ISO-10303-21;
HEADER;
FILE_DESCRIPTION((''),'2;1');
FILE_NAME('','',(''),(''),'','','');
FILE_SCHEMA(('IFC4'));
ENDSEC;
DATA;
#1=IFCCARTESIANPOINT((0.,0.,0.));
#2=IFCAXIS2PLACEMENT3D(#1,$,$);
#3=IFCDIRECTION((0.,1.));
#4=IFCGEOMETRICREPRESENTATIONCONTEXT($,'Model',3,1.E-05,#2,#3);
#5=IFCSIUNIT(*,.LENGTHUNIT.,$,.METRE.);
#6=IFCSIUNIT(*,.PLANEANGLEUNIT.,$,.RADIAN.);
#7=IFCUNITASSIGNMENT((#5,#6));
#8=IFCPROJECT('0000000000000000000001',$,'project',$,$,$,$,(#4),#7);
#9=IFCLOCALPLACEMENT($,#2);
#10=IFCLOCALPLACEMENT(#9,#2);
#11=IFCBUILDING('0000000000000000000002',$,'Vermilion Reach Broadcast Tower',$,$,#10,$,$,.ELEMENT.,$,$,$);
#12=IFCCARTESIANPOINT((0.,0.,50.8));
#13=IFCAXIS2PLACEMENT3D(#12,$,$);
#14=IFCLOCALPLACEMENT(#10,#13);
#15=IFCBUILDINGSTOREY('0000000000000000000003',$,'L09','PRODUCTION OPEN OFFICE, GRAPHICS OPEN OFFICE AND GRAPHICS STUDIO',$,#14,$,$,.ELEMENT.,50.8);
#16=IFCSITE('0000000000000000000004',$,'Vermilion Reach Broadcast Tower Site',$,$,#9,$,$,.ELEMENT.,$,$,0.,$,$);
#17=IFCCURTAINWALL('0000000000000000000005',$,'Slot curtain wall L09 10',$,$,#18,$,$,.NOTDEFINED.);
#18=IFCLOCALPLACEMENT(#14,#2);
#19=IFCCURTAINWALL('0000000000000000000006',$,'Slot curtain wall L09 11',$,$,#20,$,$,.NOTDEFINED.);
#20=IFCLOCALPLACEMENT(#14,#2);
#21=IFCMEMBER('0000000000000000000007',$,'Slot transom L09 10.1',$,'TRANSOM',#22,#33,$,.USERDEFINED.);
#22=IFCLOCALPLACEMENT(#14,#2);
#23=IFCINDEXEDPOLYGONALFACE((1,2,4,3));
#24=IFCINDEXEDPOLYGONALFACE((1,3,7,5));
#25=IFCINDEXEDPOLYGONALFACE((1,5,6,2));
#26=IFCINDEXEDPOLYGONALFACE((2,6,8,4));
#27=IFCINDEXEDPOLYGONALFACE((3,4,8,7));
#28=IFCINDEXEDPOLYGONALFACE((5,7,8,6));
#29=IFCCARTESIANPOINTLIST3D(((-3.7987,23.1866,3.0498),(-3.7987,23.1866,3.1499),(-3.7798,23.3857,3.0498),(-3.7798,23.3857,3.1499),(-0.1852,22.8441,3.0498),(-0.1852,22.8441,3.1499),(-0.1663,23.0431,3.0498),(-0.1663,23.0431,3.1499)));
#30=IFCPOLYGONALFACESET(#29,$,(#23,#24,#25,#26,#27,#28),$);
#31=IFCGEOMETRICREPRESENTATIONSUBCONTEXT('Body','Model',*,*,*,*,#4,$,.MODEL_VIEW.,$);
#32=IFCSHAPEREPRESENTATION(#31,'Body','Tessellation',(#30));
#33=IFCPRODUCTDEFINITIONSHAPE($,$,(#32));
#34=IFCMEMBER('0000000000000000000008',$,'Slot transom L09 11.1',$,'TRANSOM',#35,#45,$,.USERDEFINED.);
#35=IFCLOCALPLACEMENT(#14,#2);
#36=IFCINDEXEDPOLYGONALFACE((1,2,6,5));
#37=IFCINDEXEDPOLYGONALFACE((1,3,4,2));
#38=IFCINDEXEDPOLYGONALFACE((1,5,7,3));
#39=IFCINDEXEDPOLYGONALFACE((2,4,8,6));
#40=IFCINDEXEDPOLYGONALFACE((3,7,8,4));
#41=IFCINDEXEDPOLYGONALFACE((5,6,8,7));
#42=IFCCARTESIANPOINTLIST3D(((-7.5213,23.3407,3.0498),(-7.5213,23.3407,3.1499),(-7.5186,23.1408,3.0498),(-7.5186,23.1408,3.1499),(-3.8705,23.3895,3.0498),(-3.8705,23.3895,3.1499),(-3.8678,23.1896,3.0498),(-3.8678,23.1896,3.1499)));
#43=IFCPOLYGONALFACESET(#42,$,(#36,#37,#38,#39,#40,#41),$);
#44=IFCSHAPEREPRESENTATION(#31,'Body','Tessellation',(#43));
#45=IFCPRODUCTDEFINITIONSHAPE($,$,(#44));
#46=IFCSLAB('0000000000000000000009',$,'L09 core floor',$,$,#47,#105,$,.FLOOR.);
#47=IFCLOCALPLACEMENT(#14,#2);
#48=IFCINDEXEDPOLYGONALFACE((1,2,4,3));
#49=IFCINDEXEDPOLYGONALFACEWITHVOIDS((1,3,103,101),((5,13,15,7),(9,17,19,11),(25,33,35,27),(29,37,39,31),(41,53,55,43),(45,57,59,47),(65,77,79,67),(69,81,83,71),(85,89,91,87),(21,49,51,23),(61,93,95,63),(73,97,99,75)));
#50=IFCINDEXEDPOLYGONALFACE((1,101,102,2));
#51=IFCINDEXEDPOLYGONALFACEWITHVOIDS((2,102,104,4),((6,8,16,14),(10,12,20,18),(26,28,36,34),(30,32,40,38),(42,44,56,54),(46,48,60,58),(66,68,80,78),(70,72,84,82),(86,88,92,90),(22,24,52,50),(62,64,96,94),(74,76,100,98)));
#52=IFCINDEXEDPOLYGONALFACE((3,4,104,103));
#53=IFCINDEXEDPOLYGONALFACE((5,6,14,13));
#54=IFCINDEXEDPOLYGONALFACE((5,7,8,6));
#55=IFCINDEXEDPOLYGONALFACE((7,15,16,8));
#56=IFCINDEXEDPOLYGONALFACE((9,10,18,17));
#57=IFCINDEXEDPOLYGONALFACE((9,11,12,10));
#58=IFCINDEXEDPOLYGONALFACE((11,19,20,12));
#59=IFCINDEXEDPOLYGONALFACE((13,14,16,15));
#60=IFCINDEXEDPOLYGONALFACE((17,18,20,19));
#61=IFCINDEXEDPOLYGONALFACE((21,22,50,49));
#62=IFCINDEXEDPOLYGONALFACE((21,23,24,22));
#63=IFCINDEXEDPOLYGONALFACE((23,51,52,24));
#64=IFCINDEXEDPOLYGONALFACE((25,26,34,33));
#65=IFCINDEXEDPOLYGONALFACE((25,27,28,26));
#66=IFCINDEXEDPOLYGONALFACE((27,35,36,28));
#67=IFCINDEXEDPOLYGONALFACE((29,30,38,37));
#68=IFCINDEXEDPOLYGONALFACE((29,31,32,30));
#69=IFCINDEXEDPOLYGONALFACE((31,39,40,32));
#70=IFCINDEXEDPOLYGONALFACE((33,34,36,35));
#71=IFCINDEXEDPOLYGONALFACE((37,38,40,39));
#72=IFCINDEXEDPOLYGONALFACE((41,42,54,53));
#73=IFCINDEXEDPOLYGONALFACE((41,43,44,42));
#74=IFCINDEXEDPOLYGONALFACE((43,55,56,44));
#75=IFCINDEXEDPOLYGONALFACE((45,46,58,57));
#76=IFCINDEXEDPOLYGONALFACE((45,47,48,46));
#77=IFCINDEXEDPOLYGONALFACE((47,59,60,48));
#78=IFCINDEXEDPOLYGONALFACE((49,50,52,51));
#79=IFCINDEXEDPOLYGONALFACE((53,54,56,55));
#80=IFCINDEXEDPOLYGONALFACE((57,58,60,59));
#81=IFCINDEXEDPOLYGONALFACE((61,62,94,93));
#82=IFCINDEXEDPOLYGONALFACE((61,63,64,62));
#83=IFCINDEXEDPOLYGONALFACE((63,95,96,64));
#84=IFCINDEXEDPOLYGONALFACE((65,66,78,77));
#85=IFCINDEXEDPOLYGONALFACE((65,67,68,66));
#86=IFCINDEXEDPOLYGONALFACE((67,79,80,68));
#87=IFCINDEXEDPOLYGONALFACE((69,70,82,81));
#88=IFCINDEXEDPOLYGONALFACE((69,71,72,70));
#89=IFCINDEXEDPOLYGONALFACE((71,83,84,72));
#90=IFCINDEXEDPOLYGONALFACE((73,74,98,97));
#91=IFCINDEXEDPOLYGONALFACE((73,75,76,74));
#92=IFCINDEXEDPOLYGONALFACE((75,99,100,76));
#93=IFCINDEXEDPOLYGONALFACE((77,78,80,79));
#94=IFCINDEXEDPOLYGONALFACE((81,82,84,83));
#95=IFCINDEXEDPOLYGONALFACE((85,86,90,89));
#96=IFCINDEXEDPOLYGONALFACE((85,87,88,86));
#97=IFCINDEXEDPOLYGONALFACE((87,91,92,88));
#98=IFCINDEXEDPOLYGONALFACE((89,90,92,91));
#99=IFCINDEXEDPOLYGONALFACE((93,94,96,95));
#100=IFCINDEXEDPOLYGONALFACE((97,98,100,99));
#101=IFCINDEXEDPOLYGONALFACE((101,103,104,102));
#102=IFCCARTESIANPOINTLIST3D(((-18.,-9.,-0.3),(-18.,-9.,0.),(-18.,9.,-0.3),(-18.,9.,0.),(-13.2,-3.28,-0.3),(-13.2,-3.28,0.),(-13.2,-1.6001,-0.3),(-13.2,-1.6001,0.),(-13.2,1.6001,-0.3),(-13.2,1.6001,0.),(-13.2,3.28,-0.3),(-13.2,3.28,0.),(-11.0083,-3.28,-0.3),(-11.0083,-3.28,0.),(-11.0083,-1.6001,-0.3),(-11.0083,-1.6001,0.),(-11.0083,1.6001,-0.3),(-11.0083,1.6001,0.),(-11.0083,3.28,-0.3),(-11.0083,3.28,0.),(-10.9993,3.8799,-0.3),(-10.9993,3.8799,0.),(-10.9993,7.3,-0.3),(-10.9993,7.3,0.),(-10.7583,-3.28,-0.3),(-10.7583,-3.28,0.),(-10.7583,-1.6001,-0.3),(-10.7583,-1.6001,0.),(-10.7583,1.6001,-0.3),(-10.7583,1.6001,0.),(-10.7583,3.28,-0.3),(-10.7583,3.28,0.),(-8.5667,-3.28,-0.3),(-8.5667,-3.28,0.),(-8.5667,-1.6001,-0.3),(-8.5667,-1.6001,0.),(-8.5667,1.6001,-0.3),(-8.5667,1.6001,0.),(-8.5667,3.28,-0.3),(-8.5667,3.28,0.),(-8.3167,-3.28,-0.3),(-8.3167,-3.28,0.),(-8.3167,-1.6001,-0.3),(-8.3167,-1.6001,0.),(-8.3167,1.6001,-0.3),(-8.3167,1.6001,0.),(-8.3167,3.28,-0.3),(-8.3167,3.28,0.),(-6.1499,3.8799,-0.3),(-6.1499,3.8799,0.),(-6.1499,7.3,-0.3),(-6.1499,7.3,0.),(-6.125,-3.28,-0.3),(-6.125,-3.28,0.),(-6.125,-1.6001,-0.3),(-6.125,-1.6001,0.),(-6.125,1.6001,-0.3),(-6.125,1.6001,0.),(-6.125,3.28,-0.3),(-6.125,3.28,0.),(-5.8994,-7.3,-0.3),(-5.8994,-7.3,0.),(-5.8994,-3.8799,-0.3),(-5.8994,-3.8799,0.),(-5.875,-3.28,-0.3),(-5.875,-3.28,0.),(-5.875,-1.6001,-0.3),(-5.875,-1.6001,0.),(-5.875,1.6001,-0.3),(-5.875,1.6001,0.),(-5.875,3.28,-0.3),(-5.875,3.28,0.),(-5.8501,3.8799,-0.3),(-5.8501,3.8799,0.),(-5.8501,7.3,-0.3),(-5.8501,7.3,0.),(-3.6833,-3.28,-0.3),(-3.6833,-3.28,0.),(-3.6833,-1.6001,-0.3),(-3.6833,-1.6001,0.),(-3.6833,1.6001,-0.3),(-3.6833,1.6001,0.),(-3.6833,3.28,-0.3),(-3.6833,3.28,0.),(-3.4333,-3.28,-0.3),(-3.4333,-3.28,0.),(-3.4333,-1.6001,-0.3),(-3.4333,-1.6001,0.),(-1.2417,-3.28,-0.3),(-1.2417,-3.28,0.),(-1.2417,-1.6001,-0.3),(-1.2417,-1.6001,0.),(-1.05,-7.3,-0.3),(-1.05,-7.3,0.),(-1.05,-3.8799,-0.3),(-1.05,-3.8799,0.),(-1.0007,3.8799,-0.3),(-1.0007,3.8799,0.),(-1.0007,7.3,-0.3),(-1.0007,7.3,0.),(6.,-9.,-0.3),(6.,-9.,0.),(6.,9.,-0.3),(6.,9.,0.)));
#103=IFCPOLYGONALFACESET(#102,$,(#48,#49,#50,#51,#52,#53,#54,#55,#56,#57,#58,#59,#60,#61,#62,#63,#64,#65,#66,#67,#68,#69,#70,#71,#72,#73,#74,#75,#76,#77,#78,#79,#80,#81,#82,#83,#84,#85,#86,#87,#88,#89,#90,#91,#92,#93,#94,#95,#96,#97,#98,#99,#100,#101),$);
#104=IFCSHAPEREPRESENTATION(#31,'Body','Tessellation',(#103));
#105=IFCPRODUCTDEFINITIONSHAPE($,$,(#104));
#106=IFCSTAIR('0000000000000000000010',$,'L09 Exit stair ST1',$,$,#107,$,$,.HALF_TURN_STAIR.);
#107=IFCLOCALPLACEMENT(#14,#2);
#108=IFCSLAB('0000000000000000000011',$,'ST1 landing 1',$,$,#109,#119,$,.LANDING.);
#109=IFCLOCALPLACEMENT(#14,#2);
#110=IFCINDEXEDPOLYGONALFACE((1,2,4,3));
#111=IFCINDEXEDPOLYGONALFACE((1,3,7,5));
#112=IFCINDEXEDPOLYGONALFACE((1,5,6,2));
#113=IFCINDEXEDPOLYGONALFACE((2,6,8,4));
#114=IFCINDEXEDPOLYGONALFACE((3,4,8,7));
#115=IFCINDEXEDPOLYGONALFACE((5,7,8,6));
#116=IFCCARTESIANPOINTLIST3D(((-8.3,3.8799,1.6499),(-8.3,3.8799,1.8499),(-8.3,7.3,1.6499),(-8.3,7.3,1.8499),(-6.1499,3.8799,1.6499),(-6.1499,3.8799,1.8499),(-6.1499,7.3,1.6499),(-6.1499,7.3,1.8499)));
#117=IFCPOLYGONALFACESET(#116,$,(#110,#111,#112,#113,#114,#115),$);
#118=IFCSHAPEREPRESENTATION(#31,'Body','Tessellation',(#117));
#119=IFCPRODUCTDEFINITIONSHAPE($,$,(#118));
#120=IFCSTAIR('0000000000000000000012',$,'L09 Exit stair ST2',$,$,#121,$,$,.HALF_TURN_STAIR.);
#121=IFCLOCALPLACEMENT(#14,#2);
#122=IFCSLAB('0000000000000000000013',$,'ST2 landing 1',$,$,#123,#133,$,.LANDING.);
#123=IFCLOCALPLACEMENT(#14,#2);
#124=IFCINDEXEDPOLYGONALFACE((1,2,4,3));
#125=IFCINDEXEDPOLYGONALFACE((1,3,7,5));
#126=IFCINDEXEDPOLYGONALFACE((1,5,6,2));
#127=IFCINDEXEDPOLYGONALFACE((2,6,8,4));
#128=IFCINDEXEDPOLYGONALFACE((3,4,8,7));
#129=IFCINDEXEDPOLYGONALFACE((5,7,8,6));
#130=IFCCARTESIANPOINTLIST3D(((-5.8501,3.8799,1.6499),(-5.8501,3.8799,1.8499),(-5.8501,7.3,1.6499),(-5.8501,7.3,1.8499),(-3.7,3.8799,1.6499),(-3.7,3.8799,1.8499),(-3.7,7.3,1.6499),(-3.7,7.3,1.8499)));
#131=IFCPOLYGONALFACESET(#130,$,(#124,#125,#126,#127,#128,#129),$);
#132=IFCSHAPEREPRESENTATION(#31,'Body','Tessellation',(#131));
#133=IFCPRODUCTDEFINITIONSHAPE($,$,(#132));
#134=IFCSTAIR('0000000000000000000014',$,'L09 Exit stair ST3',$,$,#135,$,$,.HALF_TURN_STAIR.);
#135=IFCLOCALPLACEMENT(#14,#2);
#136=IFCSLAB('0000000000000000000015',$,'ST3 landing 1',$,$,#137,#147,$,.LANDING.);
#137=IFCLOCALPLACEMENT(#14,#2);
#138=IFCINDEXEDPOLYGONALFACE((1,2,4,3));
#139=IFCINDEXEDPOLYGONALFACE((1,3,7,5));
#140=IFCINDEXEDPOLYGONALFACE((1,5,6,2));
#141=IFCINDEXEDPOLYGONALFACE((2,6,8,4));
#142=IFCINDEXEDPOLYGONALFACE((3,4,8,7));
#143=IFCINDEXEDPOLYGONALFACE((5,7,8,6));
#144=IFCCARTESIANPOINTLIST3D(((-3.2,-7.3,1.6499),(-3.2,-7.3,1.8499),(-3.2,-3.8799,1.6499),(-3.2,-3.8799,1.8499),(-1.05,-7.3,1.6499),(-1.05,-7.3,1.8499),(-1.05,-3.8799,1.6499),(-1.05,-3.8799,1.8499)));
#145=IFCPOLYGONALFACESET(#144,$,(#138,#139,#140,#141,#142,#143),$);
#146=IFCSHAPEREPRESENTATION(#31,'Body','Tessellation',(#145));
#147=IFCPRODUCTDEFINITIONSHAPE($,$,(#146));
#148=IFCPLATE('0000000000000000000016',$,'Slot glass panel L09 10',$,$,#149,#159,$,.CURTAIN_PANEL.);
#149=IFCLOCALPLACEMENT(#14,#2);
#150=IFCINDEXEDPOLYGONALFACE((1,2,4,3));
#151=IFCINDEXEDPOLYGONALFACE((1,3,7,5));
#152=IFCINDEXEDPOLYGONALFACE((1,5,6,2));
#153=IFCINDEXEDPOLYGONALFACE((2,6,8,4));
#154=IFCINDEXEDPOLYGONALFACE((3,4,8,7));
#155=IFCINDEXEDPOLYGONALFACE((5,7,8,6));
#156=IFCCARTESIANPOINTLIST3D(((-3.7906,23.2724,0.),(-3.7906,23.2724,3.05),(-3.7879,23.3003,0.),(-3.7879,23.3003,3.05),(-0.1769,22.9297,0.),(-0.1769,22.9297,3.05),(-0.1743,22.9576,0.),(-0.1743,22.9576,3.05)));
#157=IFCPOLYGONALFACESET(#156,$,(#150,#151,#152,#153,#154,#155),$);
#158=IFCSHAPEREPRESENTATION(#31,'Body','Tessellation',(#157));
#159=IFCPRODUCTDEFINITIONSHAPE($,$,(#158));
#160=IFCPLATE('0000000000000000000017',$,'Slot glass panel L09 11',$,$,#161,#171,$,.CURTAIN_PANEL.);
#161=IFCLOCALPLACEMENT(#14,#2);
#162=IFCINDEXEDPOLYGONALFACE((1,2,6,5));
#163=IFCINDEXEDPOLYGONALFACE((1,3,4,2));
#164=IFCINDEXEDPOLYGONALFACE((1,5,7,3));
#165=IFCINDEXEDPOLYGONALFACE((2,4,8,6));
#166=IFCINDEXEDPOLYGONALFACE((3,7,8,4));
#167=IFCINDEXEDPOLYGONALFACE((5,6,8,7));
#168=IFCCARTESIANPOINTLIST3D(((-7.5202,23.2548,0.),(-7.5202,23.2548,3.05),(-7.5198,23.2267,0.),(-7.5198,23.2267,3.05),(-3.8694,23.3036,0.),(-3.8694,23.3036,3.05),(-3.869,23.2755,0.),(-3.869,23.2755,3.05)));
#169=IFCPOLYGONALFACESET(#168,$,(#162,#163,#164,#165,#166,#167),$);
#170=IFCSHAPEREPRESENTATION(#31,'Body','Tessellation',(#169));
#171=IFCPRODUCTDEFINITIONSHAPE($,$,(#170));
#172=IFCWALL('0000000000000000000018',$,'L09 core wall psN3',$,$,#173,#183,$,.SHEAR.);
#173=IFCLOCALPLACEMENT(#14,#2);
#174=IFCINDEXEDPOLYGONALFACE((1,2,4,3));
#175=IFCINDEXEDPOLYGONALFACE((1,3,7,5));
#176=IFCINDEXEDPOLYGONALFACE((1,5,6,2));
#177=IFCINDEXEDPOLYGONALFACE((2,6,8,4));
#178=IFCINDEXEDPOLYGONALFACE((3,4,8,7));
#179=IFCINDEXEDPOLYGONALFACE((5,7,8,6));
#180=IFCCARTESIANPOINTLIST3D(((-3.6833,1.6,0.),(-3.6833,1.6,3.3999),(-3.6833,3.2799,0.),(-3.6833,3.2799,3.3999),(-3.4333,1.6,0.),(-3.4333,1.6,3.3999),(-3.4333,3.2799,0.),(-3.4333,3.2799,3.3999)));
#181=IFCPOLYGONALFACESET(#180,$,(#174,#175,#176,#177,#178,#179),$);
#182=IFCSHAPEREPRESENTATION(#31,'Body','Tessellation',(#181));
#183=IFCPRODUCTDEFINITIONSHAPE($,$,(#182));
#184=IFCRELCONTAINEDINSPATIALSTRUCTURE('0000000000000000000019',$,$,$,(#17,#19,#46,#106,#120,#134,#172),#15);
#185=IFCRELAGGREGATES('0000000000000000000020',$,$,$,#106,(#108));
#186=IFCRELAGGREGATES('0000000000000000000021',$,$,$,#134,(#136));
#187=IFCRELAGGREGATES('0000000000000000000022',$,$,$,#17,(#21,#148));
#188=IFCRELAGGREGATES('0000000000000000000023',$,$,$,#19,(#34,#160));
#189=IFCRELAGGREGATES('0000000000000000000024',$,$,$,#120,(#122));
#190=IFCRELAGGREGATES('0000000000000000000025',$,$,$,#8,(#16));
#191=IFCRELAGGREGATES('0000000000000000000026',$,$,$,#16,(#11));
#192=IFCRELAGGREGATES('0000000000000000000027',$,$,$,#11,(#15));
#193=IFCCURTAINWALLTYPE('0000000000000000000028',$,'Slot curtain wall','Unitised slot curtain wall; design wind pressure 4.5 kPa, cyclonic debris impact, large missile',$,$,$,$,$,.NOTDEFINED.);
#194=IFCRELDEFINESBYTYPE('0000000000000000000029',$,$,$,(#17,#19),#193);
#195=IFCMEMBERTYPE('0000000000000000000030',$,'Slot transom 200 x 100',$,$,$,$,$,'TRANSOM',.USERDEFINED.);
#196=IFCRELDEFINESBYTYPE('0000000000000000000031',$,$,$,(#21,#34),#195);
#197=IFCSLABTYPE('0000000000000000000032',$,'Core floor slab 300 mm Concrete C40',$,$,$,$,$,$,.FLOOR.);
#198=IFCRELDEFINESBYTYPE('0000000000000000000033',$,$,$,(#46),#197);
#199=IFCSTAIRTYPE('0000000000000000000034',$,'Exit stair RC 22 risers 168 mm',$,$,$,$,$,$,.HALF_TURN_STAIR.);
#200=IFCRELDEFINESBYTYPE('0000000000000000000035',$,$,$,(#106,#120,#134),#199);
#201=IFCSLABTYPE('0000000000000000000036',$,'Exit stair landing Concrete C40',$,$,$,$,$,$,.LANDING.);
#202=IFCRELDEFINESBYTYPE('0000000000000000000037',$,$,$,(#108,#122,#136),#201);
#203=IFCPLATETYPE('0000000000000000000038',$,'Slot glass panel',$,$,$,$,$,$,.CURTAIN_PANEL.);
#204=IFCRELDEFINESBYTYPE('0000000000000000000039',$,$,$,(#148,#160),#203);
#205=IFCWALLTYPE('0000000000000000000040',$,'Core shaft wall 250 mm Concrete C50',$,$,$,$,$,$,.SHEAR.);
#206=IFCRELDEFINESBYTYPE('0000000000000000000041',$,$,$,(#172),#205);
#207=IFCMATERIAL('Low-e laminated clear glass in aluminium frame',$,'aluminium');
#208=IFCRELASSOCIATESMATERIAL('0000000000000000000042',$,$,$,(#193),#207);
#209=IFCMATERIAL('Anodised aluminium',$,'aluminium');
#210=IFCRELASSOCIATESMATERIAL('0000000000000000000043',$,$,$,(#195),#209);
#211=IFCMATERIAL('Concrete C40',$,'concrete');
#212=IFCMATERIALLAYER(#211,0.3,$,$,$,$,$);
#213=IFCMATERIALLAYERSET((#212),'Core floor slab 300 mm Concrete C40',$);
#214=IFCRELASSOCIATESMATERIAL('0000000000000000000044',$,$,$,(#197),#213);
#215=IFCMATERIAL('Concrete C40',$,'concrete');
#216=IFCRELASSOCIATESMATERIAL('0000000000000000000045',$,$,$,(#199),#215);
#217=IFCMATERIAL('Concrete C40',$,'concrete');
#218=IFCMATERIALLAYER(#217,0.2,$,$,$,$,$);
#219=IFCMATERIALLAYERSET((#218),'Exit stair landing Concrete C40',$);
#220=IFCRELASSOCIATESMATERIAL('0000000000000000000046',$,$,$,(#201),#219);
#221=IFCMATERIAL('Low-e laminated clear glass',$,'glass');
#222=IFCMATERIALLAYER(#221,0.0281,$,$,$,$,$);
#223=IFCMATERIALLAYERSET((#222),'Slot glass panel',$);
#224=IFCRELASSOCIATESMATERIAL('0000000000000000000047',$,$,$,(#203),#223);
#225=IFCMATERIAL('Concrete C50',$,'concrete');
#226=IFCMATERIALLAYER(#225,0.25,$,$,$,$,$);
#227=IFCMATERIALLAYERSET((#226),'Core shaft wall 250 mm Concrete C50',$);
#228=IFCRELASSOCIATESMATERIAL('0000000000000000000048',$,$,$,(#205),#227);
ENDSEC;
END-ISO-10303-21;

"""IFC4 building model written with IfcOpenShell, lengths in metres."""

from ifc_helpers import new_model, si_unit, direction, frame, frame_2d, origin, origin_2d, place, context, subcontext, project, spatial, polyline, rectangle, outline, extrude, material, layer, layer_set, material_profile, profile_set, type_object, element, aggregate, save


model = new_model("IFC4")

# Units and contexts
model_context = context("Model", 3, precision=1e-05, world=origin(), true_north=direction((0.0, 1.0)))
body_context = subcontext(model_context, "Body", "Model", "MODEL_VIEW")
ifc_project = project(units=[si_unit("LENGTHUNIT", "METRE"), si_unit("PLANEANGLEUNIT", "RADIAN")], contexts=[model_context])

# Site, building, storey
site_placement = place(None, origin())
site = spatial("IfcSite", under=ifc_project, at=site_placement, Name="Vermilion Reach Broadcast Tower Site", CompositionType="ELEMENT", RefElevation=0.0)
building_placement = place(site_placement, origin())
building = spatial("IfcBuilding", under=site, at=building_placement, Name="Vermilion Reach Broadcast Tower", CompositionType="ELEMENT")
storey_placement = place(building_placement, frame((0.0, 0.0, 50.8)))
storey = spatial("IfcBuildingStorey", under=building, at=storey_placement, Name="L09", Description="PRODUCTION OPEN OFFICE, GRAPHICS OPEN OFFICE AND GRAPHICS STUDIO", CompositionType="ELEMENT", Elevation=50.8)

# Curtain walls
ifc_material_1 = material(Name="Low-e laminated clear glass in aluminium frame", Category="aluminium")
curtain_wall_type = type_object("IfcCurtainWallType", Name="Slot curtain wall", Description="Unitised slot curtain wall; design wind pressure 4.5 kPa, cyclonic debris impact, large missile", PredefinedType="NOTDEFINED", material=ifc_material_1)
placement_1 = place(storey_placement, origin())
curtain_wall_1 = element("IfcCurtainWall", 1, at=placement_1, inside=storey, type_object=curtain_wall_type, Name="Slot curtain wall L09 10", PredefinedType="NOTDEFINED")
curtain_wall_2 = element("IfcCurtainWall", 2, at=placement_1, inside=storey, type_object=curtain_wall_type, Name="Slot curtain wall L09 11", PredefinedType="NOTDEFINED")

# Members
ifc_material_2 = material(Name="Anodised aluminium", Category="aluminium")
ifc_material_profile_1 = material_profile(ifc_material_2, rectangle(XDim=0.2, YDim=0.1001, at=origin_2d()), Name="Slot transom 200 x 100")
ifc_profile_set_1 = profile_set([ifc_material_profile_1], Name="Anodised aluminium")
member_type_1 = type_object("IfcMemberType", Name="Slot transom 200 x 100", ElementType="TRANSOM", PredefinedType="USERDEFINED", material=ifc_profile_set_1)
member_1_placement = place(storey_placement, frame((-0.1758, 22.9436, 3.0999), z_axis=(-0.995537, 0.094368, 0.0), x_axis=(-0.094368, -0.995537, 0.0)))
member_1 = element("IfcMember", 3, at=member_1_placement, type_object=member_type_1, Name="Slot transom L09 10.1", ObjectType="TRANSOM", PredefinedType="USERDEFINED", context=body_context, shape_type="SweptSolid", body=[
    extrude(rectangle(XDim=0.2, YDim=0.1001, at=origin_2d()), origin(), (0.0, 0.0, 1.0), 3.6296),
])
member_2_placement = place(storey_placement, frame((-3.8691, 23.2896, 3.0999), z_axis=(-0.999911, -0.013373, 0.0), x_axis=(0.013373, -0.999911, 0.0)))
member_2 = element("IfcMember", 4, at=member_2_placement, type_object=member_type_1, Name="Slot transom L09 11.1", ObjectType="TRANSOM", PredefinedType="USERDEFINED", context=body_context, shape_type="SweptSolid", body=[
    extrude(rectangle(XDim=0.2, YDim=0.1001, at=origin_2d()), origin(), (0.0, 0.0, 1.0), 3.6511),
])

# Slab
ifc_material_3 = material(Name="Concrete C40", Category="concrete")
ifc_layer_1 = layer(ifc_material_3, 0.3)
ifc_layer_set_1 = layer_set([ifc_layer_1], Name="Core floor slab 300 mm Concrete C40")
slab_type_1 = type_object("IfcSlabType", Name="Core floor slab 300 mm Concrete C40", PredefinedType="FLOOR", material=ifc_layer_set_1)
slab_1_placement = place(storey_placement, frame((0.0, 0.0, -0.3)))
element("IfcSlab", 5, at=slab_1_placement, inside=storey, type_object=slab_type_1, Name="L09 core floor", PredefinedType="FLOOR", context=body_context, shape_type="SweptSolid", body=[
    extrude(outline(polyline([(-18.0, -9.0), (6.0, -9.0), (6.0, 9.0), (-18.0, 9.0), (-18.0, -9.0)]), holes=[polyline([(-13.2, 1.6001), (-11.0083, 1.6001), (-11.0083, 3.28), (-13.2, 3.28), (-13.2, 1.6001)]), polyline([(-10.7583, 1.6001), (-8.5667, 1.6001), (-8.5667, 3.28), (-10.7583, 3.28), (-10.7583, 1.6001)]), polyline([(-8.3167, 1.6001), (-6.125, 1.6001), (-6.125, 3.28), (-8.3167, 3.28), (-8.3167, 1.6001)]), polyline([(-5.875, 1.6001), (-3.6833, 1.6001), (-3.6833, 3.28), (-5.875, 3.28), (-5.875, 1.6001)]), polyline([(-13.2, -3.28), (-11.0083, -3.28), (-11.0083, -1.6001), (-13.2, -1.6001), (-13.2, -3.28)]), polyline([(-10.7583, -3.28), (-8.5667, -3.28), (-8.5667, -1.6001), (-10.7583, -1.6001), (-10.7583, -3.28)]), polyline([(-8.3167, -3.28), (-6.125, -3.28), (-6.125, -1.6001), (-8.3167, -1.6001), (-8.3167, -3.28)]), polyline([(-5.875, -3.28), (-3.6833, -3.28), (-3.6833, -1.6001), (-5.875, -1.6001), (-5.875, -3.28)]), polyline([(-3.4333, -3.28), (-1.2417, -3.28), (-1.2417, -1.6001), (-3.4333, -1.6001), (-3.4333, -3.28)]), polyline([(-10.9993, 3.8799), (-6.1499, 3.8799), (-6.1499, 7.3), (-10.9993, 7.3), (-10.9993, 3.8799)]), polyline([(-1.0007, 7.3), (-5.8501, 7.3), (-5.8501, 3.8799), (-1.0007, 3.8799), (-1.0007, 7.3)]), polyline([(-5.8994, -7.3), (-1.05, -7.3), (-1.05, -3.8799), (-5.8994, -3.8799), (-5.8994, -7.3)])]), origin(), (0.0, 0.0, 1.0), 0.3),
])

# Stairs, slabs
ifc_material_4 = material(Name="Concrete C40", Category="concrete")
stair_type = type_object("IfcStairType", Name="Exit stair RC 22 risers 168 mm", PredefinedType="HALF_TURN_STAIR", material=ifc_material_4)
stair_1 = element("IfcStair", 6, at=placement_1, inside=storey, type_object=stair_type, Name="L09 Exit stair ST1", PredefinedType="HALF_TURN_STAIR")
ifc_material_5 = material(Name="Concrete C40", Category="concrete")
ifc_layer_2 = layer(ifc_material_5, 0.2)
ifc_layer_set_2 = layer_set([ifc_layer_2], Name="Exit stair landing Concrete C40")
slab_type_2 = type_object("IfcSlabType", Name="Exit stair landing Concrete C40", PredefinedType="LANDING", material=ifc_layer_set_2)
placement_2 = place(storey_placement, frame((0.0, 0.0, 1.6499)))
slab_2 = element("IfcSlab", 7, at=placement_2, type_object=slab_type_2, Name="ST1 landing 1", PredefinedType="LANDING", context=body_context, shape_type="SweptSolid", body=[
    extrude(outline(polyline([(-8.3, 3.8799), (-6.1499, 3.8799), (-6.1499, 7.3), (-8.3, 7.3), (-8.3, 3.8799)])), origin(), (0.0, 0.0, 1.0), 0.2),
])
aggregate(stair_1, [slab_2])
stair_2 = element("IfcStair", 8, at=placement_1, inside=storey, type_object=stair_type, Name="L09 Exit stair ST2", PredefinedType="HALF_TURN_STAIR")
slab_3 = element("IfcSlab", 9, at=placement_2, type_object=slab_type_2, Name="ST2 landing 1", PredefinedType="LANDING", context=body_context, shape_type="SweptSolid", body=[
    extrude(outline(polyline([(-3.7, 7.3), (-5.8501, 7.3), (-5.8501, 3.8799), (-3.7, 3.8799), (-3.7, 7.3)])), origin(), (0.0, 0.0, 1.0), 0.2),
])
stair_3 = element("IfcStair", 10, at=placement_1, inside=storey, type_object=stair_type, Name="L09 Exit stair ST3", PredefinedType="HALF_TURN_STAIR")
slab_4 = element("IfcSlab", 11, at=placement_2, type_object=slab_type_2, Name="ST3 landing 1", PredefinedType="LANDING", context=body_context, shape_type="SweptSolid", body=[
    extrude(outline(polyline([(-3.2, -7.3), (-1.05, -7.3), (-1.05, -3.8799), (-3.2, -3.8799), (-3.2, -7.3)])), origin(), (0.0, 0.0, 1.0), 0.2),
])
aggregate(stair_3, [slab_4])

# Plates
ifc_material_6 = material(Name="Low-e laminated clear glass", Category="glass")
ifc_layer_3 = layer(ifc_material_6, 0.0281)
ifc_layer_set_3 = layer_set([ifc_layer_3], Name="Slot glass panel")
plate_type = type_object("IfcPlateType", Name="Slot glass panel", PredefinedType="CURTAIN_PANEL", material=ifc_layer_set_3)
plate_1_placement = place(storey_placement, frame((-1.9824, 23.115, 0.0), z_axis=(0.0, 0.0, 1.0), x_axis=(-0.995533, 0.094413, 0.0)))
plate_1 = element("IfcPlate", 12, at=plate_1_placement, type_object=plate_type, Name="Slot glass panel L09 10", PredefinedType="CURTAIN_PANEL", context=body_context, shape_type="SweptSolid", body=[
    extrude(rectangle(XDim=3.6299, YDim=0.0281, at=origin_2d()), origin(), (0.0, 0.0, 1.0), 3.05),
])
aggregate(curtain_wall_1, [member_1, plate_1])
plate_2_placement = place(storey_placement, frame((-5.6946, 23.2651, 0.0), z_axis=(0.0, 0.0, 1.0), x_axis=(-0.999911, -0.013363, 0.0)))
plate_2 = element("IfcPlate", 13, at=plate_2_placement, type_object=plate_type, Name="Slot glass panel L09 11", PredefinedType="CURTAIN_PANEL", context=body_context, shape_type="SweptSolid", body=[
    extrude(rectangle(XDim=3.6511, YDim=0.0281, at=origin_2d()), origin(), (0.0, 0.0, 1.0), 3.05),
])
aggregate(curtain_wall_2, [member_2, plate_2])

# Wall
ifc_material_7 = material(Name="Concrete C50", Category="concrete")
ifc_layer_4 = layer(ifc_material_7, 0.25)
ifc_layer_set_4 = layer_set([ifc_layer_4], Name="Core shaft wall 250 mm Concrete C50")
wall_type_1 = type_object("IfcWallType", Name="Core shaft wall 250 mm Concrete C50", PredefinedType="SHEAR", material=ifc_layer_set_4)
wall_1_placement = place(storey_placement, frame((-3.5583, 1.6001, 0.0), z_axis=(0.0, 0.0, 1.0), x_axis=(0.0, 1.0, 0.0)))
element("IfcWall", 14, at=wall_1_placement, inside=storey, type_object=wall_type_1, Name="L09 core wall psN3", PredefinedType="SHEAR", context=body_context, shape_type="SweptSolid", body=[
    extrude(rectangle(XDim=1.6799, YDim=0.25, at=frame_2d((0.8398, 0.0))), origin(), (0.0, 0.0, 1.0), 3.3999),
])

aggregate(stair_2, [slab_3])

save(model, "model.ifc")
